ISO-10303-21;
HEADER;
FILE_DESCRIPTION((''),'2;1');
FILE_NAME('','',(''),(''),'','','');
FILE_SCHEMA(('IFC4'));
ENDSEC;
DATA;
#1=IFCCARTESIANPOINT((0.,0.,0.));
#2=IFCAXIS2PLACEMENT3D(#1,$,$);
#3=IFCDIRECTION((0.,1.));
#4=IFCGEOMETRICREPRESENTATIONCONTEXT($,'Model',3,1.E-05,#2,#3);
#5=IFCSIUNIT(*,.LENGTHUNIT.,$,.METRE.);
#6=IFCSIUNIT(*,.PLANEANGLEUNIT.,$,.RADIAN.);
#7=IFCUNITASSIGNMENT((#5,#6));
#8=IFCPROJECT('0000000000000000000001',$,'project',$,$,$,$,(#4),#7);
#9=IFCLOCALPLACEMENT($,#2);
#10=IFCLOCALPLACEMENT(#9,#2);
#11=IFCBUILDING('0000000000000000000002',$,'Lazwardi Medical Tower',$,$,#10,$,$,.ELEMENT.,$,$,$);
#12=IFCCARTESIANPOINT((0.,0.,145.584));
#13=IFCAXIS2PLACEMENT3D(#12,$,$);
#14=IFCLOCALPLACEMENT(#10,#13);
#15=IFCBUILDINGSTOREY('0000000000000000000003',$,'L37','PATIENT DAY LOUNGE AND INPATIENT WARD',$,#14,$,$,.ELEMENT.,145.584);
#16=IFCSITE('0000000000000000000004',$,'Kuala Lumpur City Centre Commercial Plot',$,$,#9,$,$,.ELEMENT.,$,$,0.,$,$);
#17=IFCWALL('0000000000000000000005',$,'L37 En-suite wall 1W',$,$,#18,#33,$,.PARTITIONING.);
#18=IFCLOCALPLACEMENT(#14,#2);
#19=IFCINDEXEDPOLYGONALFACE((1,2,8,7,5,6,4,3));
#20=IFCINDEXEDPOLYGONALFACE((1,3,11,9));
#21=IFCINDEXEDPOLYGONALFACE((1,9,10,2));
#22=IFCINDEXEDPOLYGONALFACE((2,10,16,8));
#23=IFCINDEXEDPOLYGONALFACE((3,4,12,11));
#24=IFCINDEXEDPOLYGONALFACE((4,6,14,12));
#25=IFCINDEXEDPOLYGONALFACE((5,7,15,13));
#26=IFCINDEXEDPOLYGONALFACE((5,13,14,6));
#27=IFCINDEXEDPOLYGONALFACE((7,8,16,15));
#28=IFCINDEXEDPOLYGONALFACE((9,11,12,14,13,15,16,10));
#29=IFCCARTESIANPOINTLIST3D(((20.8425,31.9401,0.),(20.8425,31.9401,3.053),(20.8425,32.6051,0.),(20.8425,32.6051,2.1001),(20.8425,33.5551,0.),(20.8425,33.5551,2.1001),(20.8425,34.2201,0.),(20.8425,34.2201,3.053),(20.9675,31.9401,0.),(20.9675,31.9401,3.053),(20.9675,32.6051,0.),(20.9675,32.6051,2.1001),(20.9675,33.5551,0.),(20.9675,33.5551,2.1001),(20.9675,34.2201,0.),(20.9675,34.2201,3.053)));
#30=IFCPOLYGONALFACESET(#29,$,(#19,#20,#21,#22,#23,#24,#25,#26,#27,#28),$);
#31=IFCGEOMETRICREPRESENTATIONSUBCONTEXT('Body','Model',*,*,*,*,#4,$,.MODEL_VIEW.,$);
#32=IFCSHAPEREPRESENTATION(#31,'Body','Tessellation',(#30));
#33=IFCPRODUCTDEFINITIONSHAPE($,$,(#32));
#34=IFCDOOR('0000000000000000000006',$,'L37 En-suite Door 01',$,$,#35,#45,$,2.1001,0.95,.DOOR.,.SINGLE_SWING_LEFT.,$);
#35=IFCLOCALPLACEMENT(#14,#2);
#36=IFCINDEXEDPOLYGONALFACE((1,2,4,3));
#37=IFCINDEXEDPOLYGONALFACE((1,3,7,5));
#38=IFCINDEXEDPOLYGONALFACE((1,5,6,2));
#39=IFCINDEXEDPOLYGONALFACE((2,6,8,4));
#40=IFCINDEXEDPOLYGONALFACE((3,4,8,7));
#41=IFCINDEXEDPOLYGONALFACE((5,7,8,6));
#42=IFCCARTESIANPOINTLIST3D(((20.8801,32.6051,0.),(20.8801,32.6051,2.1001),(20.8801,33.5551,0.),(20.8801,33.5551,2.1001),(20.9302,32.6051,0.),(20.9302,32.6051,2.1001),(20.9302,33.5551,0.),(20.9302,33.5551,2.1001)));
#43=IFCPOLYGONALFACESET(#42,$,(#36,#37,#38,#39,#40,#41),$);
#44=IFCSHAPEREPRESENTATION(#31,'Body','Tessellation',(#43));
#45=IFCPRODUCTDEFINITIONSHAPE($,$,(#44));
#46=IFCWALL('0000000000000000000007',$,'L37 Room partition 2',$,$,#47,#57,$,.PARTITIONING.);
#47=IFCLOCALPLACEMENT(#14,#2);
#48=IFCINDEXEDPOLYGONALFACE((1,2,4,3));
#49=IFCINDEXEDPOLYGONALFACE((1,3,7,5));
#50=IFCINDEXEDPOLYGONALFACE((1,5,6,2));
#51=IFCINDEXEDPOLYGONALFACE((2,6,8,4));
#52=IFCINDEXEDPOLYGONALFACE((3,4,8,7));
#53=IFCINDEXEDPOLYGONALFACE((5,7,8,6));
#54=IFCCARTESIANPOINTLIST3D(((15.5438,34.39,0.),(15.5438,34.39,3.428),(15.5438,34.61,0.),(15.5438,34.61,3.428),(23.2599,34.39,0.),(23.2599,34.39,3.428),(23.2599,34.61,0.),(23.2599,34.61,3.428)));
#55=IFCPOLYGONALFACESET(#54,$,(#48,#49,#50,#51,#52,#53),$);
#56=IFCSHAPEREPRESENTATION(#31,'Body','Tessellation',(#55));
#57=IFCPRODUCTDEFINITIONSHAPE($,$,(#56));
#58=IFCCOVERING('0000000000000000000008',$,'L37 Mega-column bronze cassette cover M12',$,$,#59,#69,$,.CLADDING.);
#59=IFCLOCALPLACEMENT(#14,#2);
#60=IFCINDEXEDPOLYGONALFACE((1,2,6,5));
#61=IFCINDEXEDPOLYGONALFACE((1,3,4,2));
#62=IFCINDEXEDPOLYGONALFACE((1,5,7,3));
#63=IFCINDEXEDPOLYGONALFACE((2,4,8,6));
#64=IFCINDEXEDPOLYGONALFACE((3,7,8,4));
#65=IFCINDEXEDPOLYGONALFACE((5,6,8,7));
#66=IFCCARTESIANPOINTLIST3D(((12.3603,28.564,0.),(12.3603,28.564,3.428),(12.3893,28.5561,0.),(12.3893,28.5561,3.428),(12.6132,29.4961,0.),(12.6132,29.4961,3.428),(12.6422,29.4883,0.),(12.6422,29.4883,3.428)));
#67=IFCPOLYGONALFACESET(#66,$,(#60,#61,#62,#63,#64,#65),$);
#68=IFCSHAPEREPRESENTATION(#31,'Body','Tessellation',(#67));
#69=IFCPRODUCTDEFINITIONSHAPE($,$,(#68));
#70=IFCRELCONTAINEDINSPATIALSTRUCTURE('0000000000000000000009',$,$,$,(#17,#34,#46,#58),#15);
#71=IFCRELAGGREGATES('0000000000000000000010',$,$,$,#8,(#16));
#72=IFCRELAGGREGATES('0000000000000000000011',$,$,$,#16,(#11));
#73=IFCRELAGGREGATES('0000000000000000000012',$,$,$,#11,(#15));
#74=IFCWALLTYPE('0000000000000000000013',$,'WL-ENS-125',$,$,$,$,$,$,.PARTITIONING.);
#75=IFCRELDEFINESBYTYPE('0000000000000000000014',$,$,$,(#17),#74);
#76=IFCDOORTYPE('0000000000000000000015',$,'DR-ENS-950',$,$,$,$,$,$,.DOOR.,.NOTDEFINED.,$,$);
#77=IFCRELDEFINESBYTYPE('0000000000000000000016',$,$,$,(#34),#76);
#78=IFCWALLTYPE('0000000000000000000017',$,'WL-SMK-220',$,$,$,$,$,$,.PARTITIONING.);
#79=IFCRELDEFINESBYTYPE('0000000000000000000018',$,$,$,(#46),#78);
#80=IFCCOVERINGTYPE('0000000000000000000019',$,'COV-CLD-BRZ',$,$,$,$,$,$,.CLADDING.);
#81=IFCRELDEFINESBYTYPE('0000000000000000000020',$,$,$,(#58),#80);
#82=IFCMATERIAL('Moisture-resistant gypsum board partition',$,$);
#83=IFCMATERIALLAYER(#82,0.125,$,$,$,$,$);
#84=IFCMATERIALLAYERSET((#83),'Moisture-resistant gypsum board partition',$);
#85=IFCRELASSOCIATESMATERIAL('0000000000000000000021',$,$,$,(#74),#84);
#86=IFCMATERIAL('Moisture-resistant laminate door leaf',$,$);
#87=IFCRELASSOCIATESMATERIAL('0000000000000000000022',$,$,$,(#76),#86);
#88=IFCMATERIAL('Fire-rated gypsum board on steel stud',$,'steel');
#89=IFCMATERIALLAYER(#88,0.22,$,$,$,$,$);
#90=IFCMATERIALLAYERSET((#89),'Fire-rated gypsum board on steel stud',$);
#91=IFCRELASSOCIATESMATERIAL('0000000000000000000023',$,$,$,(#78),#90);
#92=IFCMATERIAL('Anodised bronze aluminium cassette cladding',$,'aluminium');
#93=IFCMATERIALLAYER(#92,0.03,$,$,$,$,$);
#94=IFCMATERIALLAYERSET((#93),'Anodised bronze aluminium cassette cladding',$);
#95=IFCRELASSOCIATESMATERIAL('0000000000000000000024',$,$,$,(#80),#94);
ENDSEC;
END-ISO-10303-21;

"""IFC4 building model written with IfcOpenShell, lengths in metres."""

from ifc_helpers import new_model, si_unit, direction, frame, frame_2d, origin, origin_2d, place, context, subcontext, project, spatial, rectangle, extrude, material, layer, layer_set, type_object, element, fill, save


model = new_model("IFC4")

# Units and contexts
model_context = context("Model", 3, precision=1e-05, world=origin(), true_north=direction((0.0, 1.0)))
body_context = subcontext(model_context, "Body", "Model", "MODEL_VIEW")
ifc_project = project(units=[si_unit("LENGTHUNIT", "METRE"), si_unit("PLANEANGLEUNIT", "RADIAN")], contexts=[model_context])

# Site, building, storey
site_placement = place(None, origin())
site = spatial("IfcSite", under=ifc_project, at=site_placement, Name="Kuala Lumpur City Centre Commercial Plot", CompositionType="ELEMENT", RefElevation=0.0)
building_placement = place(site_placement, origin())
building = spatial("IfcBuilding", under=site, at=building_placement, Name="Lazwardi Medical Tower", CompositionType="ELEMENT")
storey_placement = place(building_placement, frame((0.0, 0.0, 145.584)))
storey = spatial("IfcBuildingStorey", under=building, at=storey_placement, Name="L37", Description="PATIENT DAY LOUNGE AND INPATIENT WARD", CompositionType="ELEMENT", Elevation=145.584)

# Shared definitions
ifc_material_1 = material(Name="Fire-rated gypsum board on steel stud", Category="steel")
ifc_material_2 = material(Name="Moisture-resistant gypsum board partition")
ifc_layer_1 = layer(ifc_material_2, 0.125)
ifc_layer_set_1 = layer_set([ifc_layer_1], Name="Moisture-resistant gypsum board partition")
wall_type_1 = type_object("IfcWallType", Name="WL-ENS-125", PredefinedType="PARTITIONING", material=ifc_layer_set_1)

# Wall, opening, door
wall_1_placement = place(storey_placement, frame((20.905, 31.9399, 0.0), z_axis=(0.0, 0.0, 1.0), x_axis=(0.0, 1.0, 0.0)))
wall_1 = element("IfcWall", 1, at=wall_1_placement, inside=storey, type_object=wall_type_1, Name="L37 En-suite wall 1W", PredefinedType="PARTITIONING", context=body_context, shape_type="SweptSolid", body=[
    extrude(rectangle(XDim=2.28, YDim=0.125, at=frame_2d((1.1401, 0.0))), origin(), (0.0, 0.0, 1.0), 3.053),
])
opening_placement = place(wall_1_placement, frame((0.665, 0.0, 0.0)))
opening = element("IfcOpeningElement", 2, at=opening_placement, cuts=wall_1, PredefinedType="OPENING", context=body_context, shape_type="SweptSolid", body=[
    extrude(rectangle(XDim=0.95, YDim=2.1001, at=frame_2d((0.4751, 1.05))), frame((0.0, 0.0725, 0.0), z_axis=(0.0, -1.0, 0.0), x_axis=(1.0, 0.0, 0.0)), (0.0, 0.0, 1.0), 0.145),
])
ifc_material_3 = material(Name="Moisture-resistant laminate door leaf")
door_type = type_object("IfcDoorType", Name="DR-ENS-950", OperationType="NOTDEFINED", PredefinedType="DOOR", material=ifc_material_3)
door_placement = place(opening_placement, origin())
door = element("IfcDoor", 3, at=door_placement, inside=storey, type_object=door_type, Name="L37 En-suite Door 01", OperationType="SINGLE_SWING_LEFT", OverallHeight=2.1001, OverallWidth=0.95, PredefinedType="DOOR", context=body_context, shape_type="SweptSolid", body=[
    extrude(rectangle(XDim=0.95, YDim=2.1001, at=frame_2d((0.4751, 1.05))), frame((0.0, 0.0249, 0.0), z_axis=(0.0, -1.0, 0.0), x_axis=(1.0, 0.0, 0.0)), (0.0, 0.0, 1.0), 0.05),
])
fill(opening, door)

# Wall
ifc_layer_2 = layer(ifc_material_1, 0.22)
ifc_layer_set_2 = layer_set([ifc_layer_2], Name="Fire-rated gypsum board on steel stud")
wall_type_2 = type_object("IfcWallType", Name="WL-SMK-220", PredefinedType="PARTITIONING", material=ifc_layer_set_2)
wall_2_placement = place(storey_placement, frame((15.5439, 34.5, 0.0), z_axis=(0.0, 0.0, 1.0), x_axis=(1.0, 0.0, 0.0)))
element("IfcWall", 4, at=wall_2_placement, inside=storey, type_object=wall_type_2, Name="L37 Room partition 2", PredefinedType="PARTITIONING", context=body_context, shape_type="SweptSolid", body=[
    extrude(rectangle(XDim=7.7161, YDim=0.22, at=frame_2d((3.8579, 0.0))), origin(), (0.0, 0.0, 1.0), 3.428),
])

# Covering
ifc_material_4 = material(Name="Anodised bronze aluminium cassette cladding", Category="aluminium")
ifc_layer_3 = layer(ifc_material_4, 0.03)
ifc_layer_set_3 = layer_set([ifc_layer_3], Name="Anodised bronze aluminium cassette cladding")
covering_type = type_object("IfcCoveringType", Name="COV-CLD-BRZ", PredefinedType="CLADDING", material=ifc_layer_set_3)
covering_placement = place(storey_placement, frame((12.5012, 29.0261, 0.0), z_axis=(0.0, 0.0, 1.0), x_axis=(-0.261829, -0.965114, 0.0)))
element("IfcCovering", 5, at=covering_placement, inside=storey, type_object=covering_type, Name="L37 Mega-column bronze cassette cover M12", PredefinedType="CLADDING", context=body_context, shape_type="SweptSolid", body=[
    extrude(rectangle(XDim=0.9658, YDim=0.03, at=origin_2d()), origin(), (0.0, 0.0, 1.0), 3.428),
])

save(model, "model.ifc")
